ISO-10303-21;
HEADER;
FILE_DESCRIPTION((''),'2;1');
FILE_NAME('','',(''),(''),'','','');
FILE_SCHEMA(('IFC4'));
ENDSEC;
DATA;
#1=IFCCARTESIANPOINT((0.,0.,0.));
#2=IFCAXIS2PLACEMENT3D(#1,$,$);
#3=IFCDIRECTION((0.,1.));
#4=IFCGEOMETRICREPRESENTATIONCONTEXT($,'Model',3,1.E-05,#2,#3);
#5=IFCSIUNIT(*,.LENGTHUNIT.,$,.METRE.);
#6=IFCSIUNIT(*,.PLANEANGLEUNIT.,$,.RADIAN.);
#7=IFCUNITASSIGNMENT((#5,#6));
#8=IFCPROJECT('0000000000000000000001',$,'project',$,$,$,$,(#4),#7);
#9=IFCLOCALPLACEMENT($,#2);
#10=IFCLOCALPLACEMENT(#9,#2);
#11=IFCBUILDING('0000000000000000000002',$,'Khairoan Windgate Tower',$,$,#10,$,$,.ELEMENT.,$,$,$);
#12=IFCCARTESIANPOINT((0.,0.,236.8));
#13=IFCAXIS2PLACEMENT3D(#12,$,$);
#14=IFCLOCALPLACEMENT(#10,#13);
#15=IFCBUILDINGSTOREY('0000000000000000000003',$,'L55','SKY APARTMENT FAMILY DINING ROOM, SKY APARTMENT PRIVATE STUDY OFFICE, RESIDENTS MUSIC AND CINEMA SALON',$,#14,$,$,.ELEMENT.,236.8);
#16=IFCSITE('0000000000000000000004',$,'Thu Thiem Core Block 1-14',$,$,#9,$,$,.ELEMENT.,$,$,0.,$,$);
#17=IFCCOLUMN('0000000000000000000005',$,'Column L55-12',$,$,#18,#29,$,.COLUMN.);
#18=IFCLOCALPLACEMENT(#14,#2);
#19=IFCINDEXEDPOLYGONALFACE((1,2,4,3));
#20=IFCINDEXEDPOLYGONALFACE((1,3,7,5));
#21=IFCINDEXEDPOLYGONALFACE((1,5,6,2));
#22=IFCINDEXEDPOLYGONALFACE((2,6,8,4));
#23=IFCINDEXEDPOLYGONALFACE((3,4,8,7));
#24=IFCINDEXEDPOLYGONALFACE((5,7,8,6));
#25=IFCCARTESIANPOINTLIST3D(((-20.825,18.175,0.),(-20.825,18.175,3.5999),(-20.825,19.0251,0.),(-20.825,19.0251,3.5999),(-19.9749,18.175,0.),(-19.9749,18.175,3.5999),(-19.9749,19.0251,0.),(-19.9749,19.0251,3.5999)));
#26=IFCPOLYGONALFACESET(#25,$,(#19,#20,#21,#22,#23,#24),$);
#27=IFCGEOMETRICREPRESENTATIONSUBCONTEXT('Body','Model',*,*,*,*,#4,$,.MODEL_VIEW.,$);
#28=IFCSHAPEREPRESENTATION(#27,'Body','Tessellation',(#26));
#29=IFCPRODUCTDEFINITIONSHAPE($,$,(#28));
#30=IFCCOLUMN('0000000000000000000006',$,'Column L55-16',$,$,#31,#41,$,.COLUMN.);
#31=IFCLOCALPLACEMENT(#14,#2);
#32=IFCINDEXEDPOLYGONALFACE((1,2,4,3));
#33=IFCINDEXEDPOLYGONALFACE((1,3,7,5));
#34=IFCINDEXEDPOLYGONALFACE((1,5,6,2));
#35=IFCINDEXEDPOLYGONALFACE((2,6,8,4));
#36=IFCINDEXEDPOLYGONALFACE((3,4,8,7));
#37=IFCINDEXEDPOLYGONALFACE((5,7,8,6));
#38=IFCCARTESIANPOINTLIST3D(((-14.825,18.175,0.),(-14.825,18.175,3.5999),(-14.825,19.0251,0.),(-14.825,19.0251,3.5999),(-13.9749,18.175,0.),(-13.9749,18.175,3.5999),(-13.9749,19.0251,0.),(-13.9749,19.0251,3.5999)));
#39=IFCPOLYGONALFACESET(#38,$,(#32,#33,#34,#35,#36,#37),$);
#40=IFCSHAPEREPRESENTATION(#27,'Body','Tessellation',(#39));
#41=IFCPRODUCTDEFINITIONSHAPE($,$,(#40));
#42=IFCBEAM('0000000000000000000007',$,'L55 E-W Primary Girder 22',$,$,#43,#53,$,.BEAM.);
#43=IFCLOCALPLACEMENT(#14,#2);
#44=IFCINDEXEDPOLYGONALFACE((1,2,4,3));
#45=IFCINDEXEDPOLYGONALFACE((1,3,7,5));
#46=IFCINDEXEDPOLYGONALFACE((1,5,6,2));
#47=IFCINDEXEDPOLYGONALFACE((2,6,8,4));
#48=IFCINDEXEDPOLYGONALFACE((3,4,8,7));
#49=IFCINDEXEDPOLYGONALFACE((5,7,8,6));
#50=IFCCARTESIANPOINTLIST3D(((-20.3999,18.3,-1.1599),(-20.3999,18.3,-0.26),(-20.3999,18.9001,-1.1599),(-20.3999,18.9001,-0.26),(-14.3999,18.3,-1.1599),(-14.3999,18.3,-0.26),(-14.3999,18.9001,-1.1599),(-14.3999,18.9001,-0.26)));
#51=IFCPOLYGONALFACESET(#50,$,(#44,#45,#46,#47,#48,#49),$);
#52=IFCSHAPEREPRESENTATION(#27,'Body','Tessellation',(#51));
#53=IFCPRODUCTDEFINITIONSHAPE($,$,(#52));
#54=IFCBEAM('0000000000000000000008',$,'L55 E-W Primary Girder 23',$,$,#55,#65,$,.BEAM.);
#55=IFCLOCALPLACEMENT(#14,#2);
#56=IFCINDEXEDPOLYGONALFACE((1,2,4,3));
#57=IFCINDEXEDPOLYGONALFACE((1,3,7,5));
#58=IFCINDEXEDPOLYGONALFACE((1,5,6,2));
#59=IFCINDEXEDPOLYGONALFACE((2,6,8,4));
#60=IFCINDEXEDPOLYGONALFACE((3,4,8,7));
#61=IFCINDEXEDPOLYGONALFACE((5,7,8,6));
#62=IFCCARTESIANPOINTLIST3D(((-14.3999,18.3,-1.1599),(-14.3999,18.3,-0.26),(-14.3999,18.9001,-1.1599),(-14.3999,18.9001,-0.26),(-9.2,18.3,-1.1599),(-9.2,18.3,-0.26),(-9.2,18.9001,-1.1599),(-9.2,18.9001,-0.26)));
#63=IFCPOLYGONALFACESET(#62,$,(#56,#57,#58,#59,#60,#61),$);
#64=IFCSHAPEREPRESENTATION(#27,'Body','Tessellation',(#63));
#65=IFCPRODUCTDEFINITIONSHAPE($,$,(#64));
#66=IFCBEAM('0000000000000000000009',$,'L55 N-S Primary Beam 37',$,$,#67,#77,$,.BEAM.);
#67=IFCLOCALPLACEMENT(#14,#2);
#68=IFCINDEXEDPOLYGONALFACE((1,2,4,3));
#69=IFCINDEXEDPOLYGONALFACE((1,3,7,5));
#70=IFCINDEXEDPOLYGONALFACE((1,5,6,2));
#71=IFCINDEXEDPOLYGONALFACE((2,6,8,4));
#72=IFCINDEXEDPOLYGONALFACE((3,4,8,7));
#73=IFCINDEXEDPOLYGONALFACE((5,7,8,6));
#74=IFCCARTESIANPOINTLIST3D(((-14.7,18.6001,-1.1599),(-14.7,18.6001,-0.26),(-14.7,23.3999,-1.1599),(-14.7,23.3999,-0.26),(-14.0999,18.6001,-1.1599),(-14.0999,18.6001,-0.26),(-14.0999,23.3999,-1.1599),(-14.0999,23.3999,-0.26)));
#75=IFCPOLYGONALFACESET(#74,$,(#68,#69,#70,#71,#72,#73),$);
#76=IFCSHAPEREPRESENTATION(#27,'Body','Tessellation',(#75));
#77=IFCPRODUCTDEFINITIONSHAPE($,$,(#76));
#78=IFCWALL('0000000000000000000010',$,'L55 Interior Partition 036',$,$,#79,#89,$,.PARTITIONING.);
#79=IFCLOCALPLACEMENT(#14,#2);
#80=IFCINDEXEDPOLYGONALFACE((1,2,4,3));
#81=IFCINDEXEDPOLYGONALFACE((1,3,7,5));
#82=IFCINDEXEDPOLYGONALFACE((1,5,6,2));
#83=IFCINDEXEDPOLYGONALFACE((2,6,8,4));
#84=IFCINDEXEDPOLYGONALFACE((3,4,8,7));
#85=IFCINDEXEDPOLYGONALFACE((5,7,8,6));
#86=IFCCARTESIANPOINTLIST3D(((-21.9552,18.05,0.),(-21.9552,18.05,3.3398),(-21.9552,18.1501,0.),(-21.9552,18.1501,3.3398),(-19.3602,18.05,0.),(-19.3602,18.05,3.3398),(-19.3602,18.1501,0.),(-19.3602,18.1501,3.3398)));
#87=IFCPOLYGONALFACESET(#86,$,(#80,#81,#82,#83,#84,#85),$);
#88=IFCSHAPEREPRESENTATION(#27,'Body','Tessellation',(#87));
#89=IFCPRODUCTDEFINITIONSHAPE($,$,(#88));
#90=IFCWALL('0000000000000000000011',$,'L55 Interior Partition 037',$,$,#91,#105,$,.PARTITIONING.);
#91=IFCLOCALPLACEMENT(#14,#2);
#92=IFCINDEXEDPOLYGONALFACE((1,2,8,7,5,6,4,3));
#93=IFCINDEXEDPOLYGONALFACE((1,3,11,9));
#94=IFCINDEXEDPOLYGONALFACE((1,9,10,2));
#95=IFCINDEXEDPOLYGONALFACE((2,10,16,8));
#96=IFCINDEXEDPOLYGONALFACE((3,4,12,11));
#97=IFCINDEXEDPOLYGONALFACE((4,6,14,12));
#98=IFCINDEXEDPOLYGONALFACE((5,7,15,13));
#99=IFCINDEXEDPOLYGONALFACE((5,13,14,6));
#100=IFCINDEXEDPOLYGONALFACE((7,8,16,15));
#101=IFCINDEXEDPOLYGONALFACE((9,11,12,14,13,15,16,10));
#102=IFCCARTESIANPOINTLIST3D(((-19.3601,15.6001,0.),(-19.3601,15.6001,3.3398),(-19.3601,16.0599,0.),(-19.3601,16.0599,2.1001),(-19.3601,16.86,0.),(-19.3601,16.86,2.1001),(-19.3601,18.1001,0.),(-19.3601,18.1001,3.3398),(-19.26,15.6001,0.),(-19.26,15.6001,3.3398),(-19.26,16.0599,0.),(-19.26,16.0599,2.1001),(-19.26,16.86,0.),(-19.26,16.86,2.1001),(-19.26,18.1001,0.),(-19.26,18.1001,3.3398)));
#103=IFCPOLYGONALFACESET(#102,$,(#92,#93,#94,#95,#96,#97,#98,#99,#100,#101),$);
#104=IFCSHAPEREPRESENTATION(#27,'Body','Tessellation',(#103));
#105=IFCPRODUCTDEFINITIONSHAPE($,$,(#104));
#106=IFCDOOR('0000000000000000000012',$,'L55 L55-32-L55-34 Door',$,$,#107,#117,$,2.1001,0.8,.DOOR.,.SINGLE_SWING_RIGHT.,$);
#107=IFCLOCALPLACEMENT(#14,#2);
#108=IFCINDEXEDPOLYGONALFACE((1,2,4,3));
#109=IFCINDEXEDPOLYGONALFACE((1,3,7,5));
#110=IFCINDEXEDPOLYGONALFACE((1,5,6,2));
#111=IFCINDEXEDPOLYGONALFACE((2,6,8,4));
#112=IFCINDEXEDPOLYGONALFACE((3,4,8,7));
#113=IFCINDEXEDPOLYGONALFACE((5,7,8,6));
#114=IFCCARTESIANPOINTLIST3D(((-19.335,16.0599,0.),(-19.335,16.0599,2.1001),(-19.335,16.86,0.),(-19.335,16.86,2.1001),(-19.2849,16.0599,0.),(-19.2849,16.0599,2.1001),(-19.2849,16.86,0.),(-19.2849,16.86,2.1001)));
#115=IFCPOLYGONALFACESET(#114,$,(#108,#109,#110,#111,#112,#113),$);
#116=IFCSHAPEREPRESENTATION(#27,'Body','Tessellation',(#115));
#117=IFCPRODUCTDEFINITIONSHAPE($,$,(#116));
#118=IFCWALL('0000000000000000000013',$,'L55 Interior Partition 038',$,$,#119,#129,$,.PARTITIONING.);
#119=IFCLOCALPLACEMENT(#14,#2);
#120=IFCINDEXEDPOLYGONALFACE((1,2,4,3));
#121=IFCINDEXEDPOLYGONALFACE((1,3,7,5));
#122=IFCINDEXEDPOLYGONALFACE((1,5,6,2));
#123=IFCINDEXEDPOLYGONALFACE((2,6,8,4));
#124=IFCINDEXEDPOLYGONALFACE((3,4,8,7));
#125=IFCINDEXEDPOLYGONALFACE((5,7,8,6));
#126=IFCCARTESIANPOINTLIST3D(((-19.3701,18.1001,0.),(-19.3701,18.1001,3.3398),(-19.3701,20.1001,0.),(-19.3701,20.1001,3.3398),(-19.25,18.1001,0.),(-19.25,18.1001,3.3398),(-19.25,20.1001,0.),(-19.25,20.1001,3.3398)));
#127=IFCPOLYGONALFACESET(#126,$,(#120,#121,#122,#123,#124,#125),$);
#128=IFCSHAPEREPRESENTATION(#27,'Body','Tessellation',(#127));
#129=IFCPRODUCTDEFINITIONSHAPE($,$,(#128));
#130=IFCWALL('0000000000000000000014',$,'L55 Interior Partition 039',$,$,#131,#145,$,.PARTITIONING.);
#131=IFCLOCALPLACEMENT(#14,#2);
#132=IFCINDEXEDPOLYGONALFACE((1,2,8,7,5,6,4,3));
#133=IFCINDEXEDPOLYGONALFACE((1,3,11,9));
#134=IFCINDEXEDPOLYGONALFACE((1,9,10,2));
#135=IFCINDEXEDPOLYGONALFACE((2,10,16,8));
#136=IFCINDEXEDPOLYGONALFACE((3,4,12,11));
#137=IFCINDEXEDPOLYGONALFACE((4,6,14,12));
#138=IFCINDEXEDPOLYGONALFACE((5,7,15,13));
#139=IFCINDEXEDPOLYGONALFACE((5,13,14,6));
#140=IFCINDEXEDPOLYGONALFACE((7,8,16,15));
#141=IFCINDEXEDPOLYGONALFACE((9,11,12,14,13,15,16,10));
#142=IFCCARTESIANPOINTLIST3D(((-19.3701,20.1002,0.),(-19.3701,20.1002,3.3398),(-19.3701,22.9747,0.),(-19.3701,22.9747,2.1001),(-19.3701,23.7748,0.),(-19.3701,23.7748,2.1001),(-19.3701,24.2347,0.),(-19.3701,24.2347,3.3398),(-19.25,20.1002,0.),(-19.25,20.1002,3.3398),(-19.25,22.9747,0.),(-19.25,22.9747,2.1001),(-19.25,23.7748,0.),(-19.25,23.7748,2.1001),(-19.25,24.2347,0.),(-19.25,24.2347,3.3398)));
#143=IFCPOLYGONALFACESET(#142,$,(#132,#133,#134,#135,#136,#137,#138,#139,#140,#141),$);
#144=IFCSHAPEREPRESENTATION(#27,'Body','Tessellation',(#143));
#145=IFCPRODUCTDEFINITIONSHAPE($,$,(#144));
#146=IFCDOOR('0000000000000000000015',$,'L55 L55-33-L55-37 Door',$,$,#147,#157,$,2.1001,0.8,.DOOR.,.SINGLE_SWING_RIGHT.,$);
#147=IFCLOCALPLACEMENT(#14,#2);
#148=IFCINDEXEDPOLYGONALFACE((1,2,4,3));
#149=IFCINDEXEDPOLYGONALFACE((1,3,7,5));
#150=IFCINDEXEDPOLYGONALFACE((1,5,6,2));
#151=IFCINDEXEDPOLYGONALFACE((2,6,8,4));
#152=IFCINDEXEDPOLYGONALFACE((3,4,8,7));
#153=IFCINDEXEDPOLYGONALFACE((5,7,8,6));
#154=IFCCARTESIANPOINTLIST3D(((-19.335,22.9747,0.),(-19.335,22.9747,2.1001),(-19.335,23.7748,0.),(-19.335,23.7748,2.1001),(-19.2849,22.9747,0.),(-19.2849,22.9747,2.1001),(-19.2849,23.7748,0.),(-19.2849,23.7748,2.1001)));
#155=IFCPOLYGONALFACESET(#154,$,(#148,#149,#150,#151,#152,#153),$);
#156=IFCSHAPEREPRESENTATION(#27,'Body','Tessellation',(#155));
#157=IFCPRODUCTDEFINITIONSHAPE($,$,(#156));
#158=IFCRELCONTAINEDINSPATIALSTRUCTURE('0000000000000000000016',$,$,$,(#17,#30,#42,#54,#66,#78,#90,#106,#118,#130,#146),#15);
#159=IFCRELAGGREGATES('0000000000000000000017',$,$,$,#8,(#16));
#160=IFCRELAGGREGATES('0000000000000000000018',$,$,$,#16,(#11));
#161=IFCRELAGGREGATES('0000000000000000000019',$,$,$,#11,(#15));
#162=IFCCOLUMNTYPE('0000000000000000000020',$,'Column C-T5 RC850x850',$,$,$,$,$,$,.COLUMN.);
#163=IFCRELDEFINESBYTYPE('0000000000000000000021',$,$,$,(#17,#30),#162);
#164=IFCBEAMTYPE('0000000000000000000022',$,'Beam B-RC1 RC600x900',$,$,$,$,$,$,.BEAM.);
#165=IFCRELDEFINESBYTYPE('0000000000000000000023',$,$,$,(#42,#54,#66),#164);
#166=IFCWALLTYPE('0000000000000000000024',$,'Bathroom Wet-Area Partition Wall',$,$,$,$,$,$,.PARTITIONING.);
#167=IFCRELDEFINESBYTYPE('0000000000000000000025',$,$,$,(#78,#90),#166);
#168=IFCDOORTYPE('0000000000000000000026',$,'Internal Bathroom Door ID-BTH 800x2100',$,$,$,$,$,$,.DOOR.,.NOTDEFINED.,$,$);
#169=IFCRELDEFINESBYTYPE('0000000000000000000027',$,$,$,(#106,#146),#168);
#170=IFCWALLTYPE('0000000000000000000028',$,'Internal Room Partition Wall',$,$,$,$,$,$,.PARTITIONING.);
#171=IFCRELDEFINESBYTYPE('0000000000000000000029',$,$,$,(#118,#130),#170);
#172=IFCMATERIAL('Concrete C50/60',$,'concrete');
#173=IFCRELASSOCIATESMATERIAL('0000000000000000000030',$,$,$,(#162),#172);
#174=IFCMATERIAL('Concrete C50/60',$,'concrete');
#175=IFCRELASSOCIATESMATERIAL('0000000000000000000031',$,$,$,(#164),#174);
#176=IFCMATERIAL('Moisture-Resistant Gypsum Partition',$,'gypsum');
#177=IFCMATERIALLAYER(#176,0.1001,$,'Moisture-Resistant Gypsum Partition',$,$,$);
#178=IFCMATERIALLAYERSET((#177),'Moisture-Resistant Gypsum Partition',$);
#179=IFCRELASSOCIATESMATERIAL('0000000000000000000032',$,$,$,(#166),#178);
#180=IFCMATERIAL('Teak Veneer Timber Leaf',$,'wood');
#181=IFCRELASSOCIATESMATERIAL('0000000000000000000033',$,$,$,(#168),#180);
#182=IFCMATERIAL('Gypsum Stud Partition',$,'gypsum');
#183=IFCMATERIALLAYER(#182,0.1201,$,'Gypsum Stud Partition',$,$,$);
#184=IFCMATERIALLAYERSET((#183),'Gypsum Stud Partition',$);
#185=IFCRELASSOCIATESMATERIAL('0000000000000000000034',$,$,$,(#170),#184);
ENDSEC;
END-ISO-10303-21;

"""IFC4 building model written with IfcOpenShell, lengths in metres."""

from ifc_helpers import new_model, si_unit, direction, frame, frame_2d, origin, origin_2d, place, context, subcontext, project, spatial, rectangle, extrude, material, layer, layer_set, material_profile, profile_set, type_object, element, fill, save


model = new_model("IFC4")

# Units and contexts
model_context = context("Model", 3, precision=1e-05, world=origin(), true_north=direction((0.0, 1.0)))
body_context = subcontext(model_context, "Body", "Model", "MODEL_VIEW")
ifc_project = project(units=[si_unit("LENGTHUNIT", "METRE"), si_unit("PLANEANGLEUNIT", "RADIAN")], contexts=[model_context])

# Site, building, storey
site_placement = place(None, origin())
site = spatial("IfcSite", under=ifc_project, at=site_placement, Name="Thu Thiem Core Block 1-14", CompositionType="ELEMENT", RefElevation=0.0)
building_placement = place(site_placement, origin())
building = spatial("IfcBuilding", under=site, at=building_placement, Name="Khairoan Windgate Tower", CompositionType="ELEMENT")
storey_placement = place(building_placement, frame((0.0, 0.0, 236.8)))
storey = spatial("IfcBuildingStorey", under=building, at=storey_placement, Name="L55", Description="SKY APARTMENT FAMILY DINING ROOM, SKY APARTMENT PRIVATE STUDY OFFICE, RESIDENTS MUSIC AND CINEMA SALON", CompositionType="ELEMENT", Elevation=236.8)

# Columns
ifc_material_1 = material(Name="Concrete C50/60", Category="concrete")
ifc_material_profile_1 = material_profile(ifc_material_1, rectangle(XDim=0.8501, YDim=0.8501, at=origin_2d()))
ifc_profile_set_1 = profile_set([ifc_material_profile_1], Name="Concrete C50/60")
column_type = type_object("IfcColumnType", Name="Column C-T5 RC850x850", PredefinedType="COLUMN", material=ifc_profile_set_1)
for number, where, z_axis, x_axis, name in (
    (1, (-20.3999, 18.6001, 0.0), (0.0, 0.0, 1.0), (1.0, 0.0, 0.0), "Column L55-12"),
    (2, (-14.3999, 18.6001, 0.0), (0.0, 0.0, 1.0), (1.0, 0.0, 0.0), "Column L55-16"),
):
    element("IfcColumn", number, at=place(storey_placement, frame(where, z_axis=z_axis, x_axis=x_axis)), inside=storey, type_object=column_type, Name=name, PredefinedType="COLUMN", context=body_context, shape_type="SweptSolid", body=[
        extrude(rectangle(XDim=0.8501, YDim=0.8501, at=origin_2d()), origin(), (0.0, 0.0, 1.0), 3.5999),
    ])

# Beams
ifc_material_2 = material(Name="Concrete C50/60", Category="concrete")
ifc_material_profile_2 = material_profile(ifc_material_2, rectangle(XDim=0.6001, YDim=0.8999, at=origin_2d()))
ifc_profile_set_2 = profile_set([ifc_material_profile_2], Name="Concrete C50/60")
beam_type = type_object("IfcBeamType", Name="Beam B-RC1 RC600x900", PredefinedType="BEAM", material=ifc_profile_set_2)
beam_1_placement = place(storey_placement, frame((-20.3999, 18.6001, -0.71), z_axis=(1.0, 0.0, 0.0), x_axis=(0.0, 1.0, 0.0)))
element("IfcBeam", 3, at=beam_1_placement, inside=storey, type_object=beam_type, Name="L55 E-W Primary Girder 22", PredefinedType="BEAM", context=body_context, shape_type="SweptSolid", body=[
    extrude(rectangle(XDim=0.6001, YDim=0.8999, at=origin_2d()), origin(), (0.0, 0.0, 1.0), 6.0),
])
beam_2_placement = place(storey_placement, frame((-14.3999, 18.6001, -0.71), z_axis=(1.0, 0.0, 0.0), x_axis=(0.0, 1.0, 0.0)))
element("IfcBeam", 4, at=beam_2_placement, inside=storey, type_object=beam_type, Name="L55 E-W Primary Girder 23", PredefinedType="BEAM", context=body_context, shape_type="SweptSolid", body=[
    extrude(rectangle(XDim=0.6001, YDim=0.8999, at=origin_2d()), origin(), (0.0, 0.0, 1.0), 5.2),
])
beam_3_placement = place(storey_placement, frame((-14.3999, 18.6001, -0.71), z_axis=(0.0, 1.0, 0.0), x_axis=(-1.0, 0.0, 0.0)))
element("IfcBeam", 5, at=beam_3_placement, inside=storey, type_object=beam_type, Name="L55 N-S Primary Beam 37", PredefinedType="BEAM", context=body_context, shape_type="SweptSolid", body=[
    extrude(rectangle(XDim=0.6001, YDim=0.8999, at=origin_2d()), origin(), (0.0, 0.0, 1.0), 4.7998),
])

# Wall
ifc_material_3 = material(Name="Moisture-Resistant Gypsum Partition", Category="gypsum")
ifc_layer_1 = layer(ifc_material_3, 0.1001, Name="Moisture-Resistant Gypsum Partition")
ifc_layer_set_1 = layer_set([ifc_layer_1], Name="Moisture-Resistant Gypsum Partition")
wall_type_1 = type_object("IfcWallType", Name="Bathroom Wet-Area Partition Wall", PredefinedType="PARTITIONING", material=ifc_layer_set_1)
wall_1_placement = place(storey_placement, frame((-21.9551, 18.1001, 0.0), z_axis=(0.0, 0.0, 1.0), x_axis=(1.0, 0.0, 0.0)))
element("IfcWall", 6, at=wall_1_placement, inside=storey, type_object=wall_type_1, Name="L55 Interior Partition 036", PredefinedType="PARTITIONING", context=body_context, shape_type="SweptSolid", body=[
    extrude(rectangle(XDim=2.595, YDim=0.1001, at=frame_2d((1.2974, 0.0))), origin(), (0.0, 0.0, 1.0), 3.3398),
])

# Wall, opening, door
wall_2_placement = place(storey_placement, frame((-19.3101, 15.6001, 0.0), z_axis=(0.0, 0.0, 1.0), x_axis=(0.0, 1.0, 0.0)))
wall_2 = element("IfcWall", 7, at=wall_2_placement, inside=storey, type_object=wall_type_1, Name="L55 Interior Partition 037", PredefinedType="PARTITIONING", context=body_context, shape_type="SweptSolid", body=[
    extrude(rectangle(XDim=2.5, YDim=0.1001, at=frame_2d((1.25, 0.0))), origin(), (0.0, 0.0, 1.0), 3.3398),
])
opening_1_placement = place(wall_2_placement, frame((0.46, 0.0, 0.0)))
opening_1 = element("IfcOpeningElement", 8, at=opening_1_placement, cuts=wall_2, PredefinedType="OPENING", context=body_context, shape_type="SweptSolid", body=[
    extrude(rectangle(XDim=0.8, YDim=2.1001, at=frame_2d((0.3999, 1.05))), frame((0.0, 0.0601, 0.0), z_axis=(0.0, -1.0, 0.0), x_axis=(1.0, 0.0, 0.0)), (0.0, 0.0, 1.0), 0.1201),
])
ifc_material_4 = material(Name="Teak Veneer Timber Leaf", Category="wood")
door_type = type_object("IfcDoorType", Name="Internal Bathroom Door ID-BTH 800x2100", OperationType="NOTDEFINED", PredefinedType="DOOR", material=ifc_material_4)
door_1_placement = place(opening_1_placement, origin())
door_1 = element("IfcDoor", 9, at=door_1_placement, inside=storey, type_object=door_type, Name="L55 L55-32-L55-34 Door", OperationType="SINGLE_SWING_RIGHT", OverallHeight=2.1001, OverallWidth=0.8, PredefinedType="DOOR", context=body_context, shape_type="SweptSolid", body=[
    extrude(rectangle(XDim=0.8, YDim=2.1001, at=frame_2d((0.3999, 1.05))), frame((0.0, 0.0249, 0.0), z_axis=(0.0, -1.0, 0.0), x_axis=(1.0, 0.0, 0.0)), (0.0, 0.0, 1.0), 0.05),
])
fill(opening_1, door_1)

# Wall
ifc_material_5 = material(Name="Gypsum Stud Partition", Category="gypsum")
ifc_layer_2 = layer(ifc_material_5, 0.1201, Name="Gypsum Stud Partition")
ifc_layer_set_2 = layer_set([ifc_layer_2], Name="Gypsum Stud Partition")
wall_type_2 = type_object("IfcWallType", Name="Internal Room Partition Wall", PredefinedType="PARTITIONING", material=ifc_layer_set_2)
wall_3_placement = place(storey_placement, frame((-19.3101, 18.1001, 0.0), z_axis=(0.0, 0.0, 1.0), x_axis=(0.0, 1.0, 0.0)))
element("IfcWall", 10, at=wall_3_placement, inside=storey, type_object=wall_type_2, Name="L55 Interior Partition 038", PredefinedType="PARTITIONING", context=body_context, shape_type="SweptSolid", body=[
    extrude(rectangle(XDim=2.0, YDim=0.1201, at=frame_2d((1.0, 0.0))), origin(), (0.0, 0.0, 1.0), 3.3398),
])

# Wall, opening, door
wall_4_placement = place(storey_placement, frame((-19.3101, 20.1001, 0.0), z_axis=(0.0, 0.0, 1.0), x_axis=(0.0, 1.0, 0.0)))
wall_4 = element("IfcWall", 11, at=wall_4_placement, inside=storey, type_object=wall_type_2, Name="L55 Interior Partition 039", PredefinedType="PARTITIONING", context=body_context, shape_type="SweptSolid", body=[
    extrude(rectangle(XDim=4.1345, YDim=0.1201, at=frame_2d((2.0674, 0.0))), origin(), (0.0, 0.0, 1.0), 3.3398),
])
opening_2_placement = place(wall_4_placement, frame((2.8748, 0.0, 0.0)))
opening_2 = element("IfcOpeningElement", 12, at=opening_2_placement, cuts=wall_4, PredefinedType="OPENING", context=body_context, shape_type="SweptSolid", body=[
    extrude(rectangle(XDim=0.8, YDim=2.1001, at=frame_2d((0.3999, 1.05))), frame((0.0, 0.0701, 0.0), z_axis=(0.0, -1.0, 0.0), x_axis=(1.0, 0.0, 0.0)), (0.0, 0.0, 1.0), 0.1401),
])
door_2_placement = place(opening_2_placement, origin())
door_2 = element("IfcDoor", 13, at=door_2_placement, inside=storey, type_object=door_type, Name="L55 L55-33-L55-37 Door", OperationType="SINGLE_SWING_RIGHT", OverallHeight=2.1001, OverallWidth=0.8, PredefinedType="DOOR", context=body_context, shape_type="SweptSolid", body=[
    extrude(rectangle(XDim=0.8, YDim=2.1001, at=frame_2d((0.3999, 1.05))), frame((0.0, 0.0249, 0.0), z_axis=(0.0, -1.0, 0.0), x_axis=(1.0, 0.0, 0.0)), (0.0, 0.0, 1.0), 0.05),
])
fill(opening_2, door_2)

save(model, "model.ifc")
